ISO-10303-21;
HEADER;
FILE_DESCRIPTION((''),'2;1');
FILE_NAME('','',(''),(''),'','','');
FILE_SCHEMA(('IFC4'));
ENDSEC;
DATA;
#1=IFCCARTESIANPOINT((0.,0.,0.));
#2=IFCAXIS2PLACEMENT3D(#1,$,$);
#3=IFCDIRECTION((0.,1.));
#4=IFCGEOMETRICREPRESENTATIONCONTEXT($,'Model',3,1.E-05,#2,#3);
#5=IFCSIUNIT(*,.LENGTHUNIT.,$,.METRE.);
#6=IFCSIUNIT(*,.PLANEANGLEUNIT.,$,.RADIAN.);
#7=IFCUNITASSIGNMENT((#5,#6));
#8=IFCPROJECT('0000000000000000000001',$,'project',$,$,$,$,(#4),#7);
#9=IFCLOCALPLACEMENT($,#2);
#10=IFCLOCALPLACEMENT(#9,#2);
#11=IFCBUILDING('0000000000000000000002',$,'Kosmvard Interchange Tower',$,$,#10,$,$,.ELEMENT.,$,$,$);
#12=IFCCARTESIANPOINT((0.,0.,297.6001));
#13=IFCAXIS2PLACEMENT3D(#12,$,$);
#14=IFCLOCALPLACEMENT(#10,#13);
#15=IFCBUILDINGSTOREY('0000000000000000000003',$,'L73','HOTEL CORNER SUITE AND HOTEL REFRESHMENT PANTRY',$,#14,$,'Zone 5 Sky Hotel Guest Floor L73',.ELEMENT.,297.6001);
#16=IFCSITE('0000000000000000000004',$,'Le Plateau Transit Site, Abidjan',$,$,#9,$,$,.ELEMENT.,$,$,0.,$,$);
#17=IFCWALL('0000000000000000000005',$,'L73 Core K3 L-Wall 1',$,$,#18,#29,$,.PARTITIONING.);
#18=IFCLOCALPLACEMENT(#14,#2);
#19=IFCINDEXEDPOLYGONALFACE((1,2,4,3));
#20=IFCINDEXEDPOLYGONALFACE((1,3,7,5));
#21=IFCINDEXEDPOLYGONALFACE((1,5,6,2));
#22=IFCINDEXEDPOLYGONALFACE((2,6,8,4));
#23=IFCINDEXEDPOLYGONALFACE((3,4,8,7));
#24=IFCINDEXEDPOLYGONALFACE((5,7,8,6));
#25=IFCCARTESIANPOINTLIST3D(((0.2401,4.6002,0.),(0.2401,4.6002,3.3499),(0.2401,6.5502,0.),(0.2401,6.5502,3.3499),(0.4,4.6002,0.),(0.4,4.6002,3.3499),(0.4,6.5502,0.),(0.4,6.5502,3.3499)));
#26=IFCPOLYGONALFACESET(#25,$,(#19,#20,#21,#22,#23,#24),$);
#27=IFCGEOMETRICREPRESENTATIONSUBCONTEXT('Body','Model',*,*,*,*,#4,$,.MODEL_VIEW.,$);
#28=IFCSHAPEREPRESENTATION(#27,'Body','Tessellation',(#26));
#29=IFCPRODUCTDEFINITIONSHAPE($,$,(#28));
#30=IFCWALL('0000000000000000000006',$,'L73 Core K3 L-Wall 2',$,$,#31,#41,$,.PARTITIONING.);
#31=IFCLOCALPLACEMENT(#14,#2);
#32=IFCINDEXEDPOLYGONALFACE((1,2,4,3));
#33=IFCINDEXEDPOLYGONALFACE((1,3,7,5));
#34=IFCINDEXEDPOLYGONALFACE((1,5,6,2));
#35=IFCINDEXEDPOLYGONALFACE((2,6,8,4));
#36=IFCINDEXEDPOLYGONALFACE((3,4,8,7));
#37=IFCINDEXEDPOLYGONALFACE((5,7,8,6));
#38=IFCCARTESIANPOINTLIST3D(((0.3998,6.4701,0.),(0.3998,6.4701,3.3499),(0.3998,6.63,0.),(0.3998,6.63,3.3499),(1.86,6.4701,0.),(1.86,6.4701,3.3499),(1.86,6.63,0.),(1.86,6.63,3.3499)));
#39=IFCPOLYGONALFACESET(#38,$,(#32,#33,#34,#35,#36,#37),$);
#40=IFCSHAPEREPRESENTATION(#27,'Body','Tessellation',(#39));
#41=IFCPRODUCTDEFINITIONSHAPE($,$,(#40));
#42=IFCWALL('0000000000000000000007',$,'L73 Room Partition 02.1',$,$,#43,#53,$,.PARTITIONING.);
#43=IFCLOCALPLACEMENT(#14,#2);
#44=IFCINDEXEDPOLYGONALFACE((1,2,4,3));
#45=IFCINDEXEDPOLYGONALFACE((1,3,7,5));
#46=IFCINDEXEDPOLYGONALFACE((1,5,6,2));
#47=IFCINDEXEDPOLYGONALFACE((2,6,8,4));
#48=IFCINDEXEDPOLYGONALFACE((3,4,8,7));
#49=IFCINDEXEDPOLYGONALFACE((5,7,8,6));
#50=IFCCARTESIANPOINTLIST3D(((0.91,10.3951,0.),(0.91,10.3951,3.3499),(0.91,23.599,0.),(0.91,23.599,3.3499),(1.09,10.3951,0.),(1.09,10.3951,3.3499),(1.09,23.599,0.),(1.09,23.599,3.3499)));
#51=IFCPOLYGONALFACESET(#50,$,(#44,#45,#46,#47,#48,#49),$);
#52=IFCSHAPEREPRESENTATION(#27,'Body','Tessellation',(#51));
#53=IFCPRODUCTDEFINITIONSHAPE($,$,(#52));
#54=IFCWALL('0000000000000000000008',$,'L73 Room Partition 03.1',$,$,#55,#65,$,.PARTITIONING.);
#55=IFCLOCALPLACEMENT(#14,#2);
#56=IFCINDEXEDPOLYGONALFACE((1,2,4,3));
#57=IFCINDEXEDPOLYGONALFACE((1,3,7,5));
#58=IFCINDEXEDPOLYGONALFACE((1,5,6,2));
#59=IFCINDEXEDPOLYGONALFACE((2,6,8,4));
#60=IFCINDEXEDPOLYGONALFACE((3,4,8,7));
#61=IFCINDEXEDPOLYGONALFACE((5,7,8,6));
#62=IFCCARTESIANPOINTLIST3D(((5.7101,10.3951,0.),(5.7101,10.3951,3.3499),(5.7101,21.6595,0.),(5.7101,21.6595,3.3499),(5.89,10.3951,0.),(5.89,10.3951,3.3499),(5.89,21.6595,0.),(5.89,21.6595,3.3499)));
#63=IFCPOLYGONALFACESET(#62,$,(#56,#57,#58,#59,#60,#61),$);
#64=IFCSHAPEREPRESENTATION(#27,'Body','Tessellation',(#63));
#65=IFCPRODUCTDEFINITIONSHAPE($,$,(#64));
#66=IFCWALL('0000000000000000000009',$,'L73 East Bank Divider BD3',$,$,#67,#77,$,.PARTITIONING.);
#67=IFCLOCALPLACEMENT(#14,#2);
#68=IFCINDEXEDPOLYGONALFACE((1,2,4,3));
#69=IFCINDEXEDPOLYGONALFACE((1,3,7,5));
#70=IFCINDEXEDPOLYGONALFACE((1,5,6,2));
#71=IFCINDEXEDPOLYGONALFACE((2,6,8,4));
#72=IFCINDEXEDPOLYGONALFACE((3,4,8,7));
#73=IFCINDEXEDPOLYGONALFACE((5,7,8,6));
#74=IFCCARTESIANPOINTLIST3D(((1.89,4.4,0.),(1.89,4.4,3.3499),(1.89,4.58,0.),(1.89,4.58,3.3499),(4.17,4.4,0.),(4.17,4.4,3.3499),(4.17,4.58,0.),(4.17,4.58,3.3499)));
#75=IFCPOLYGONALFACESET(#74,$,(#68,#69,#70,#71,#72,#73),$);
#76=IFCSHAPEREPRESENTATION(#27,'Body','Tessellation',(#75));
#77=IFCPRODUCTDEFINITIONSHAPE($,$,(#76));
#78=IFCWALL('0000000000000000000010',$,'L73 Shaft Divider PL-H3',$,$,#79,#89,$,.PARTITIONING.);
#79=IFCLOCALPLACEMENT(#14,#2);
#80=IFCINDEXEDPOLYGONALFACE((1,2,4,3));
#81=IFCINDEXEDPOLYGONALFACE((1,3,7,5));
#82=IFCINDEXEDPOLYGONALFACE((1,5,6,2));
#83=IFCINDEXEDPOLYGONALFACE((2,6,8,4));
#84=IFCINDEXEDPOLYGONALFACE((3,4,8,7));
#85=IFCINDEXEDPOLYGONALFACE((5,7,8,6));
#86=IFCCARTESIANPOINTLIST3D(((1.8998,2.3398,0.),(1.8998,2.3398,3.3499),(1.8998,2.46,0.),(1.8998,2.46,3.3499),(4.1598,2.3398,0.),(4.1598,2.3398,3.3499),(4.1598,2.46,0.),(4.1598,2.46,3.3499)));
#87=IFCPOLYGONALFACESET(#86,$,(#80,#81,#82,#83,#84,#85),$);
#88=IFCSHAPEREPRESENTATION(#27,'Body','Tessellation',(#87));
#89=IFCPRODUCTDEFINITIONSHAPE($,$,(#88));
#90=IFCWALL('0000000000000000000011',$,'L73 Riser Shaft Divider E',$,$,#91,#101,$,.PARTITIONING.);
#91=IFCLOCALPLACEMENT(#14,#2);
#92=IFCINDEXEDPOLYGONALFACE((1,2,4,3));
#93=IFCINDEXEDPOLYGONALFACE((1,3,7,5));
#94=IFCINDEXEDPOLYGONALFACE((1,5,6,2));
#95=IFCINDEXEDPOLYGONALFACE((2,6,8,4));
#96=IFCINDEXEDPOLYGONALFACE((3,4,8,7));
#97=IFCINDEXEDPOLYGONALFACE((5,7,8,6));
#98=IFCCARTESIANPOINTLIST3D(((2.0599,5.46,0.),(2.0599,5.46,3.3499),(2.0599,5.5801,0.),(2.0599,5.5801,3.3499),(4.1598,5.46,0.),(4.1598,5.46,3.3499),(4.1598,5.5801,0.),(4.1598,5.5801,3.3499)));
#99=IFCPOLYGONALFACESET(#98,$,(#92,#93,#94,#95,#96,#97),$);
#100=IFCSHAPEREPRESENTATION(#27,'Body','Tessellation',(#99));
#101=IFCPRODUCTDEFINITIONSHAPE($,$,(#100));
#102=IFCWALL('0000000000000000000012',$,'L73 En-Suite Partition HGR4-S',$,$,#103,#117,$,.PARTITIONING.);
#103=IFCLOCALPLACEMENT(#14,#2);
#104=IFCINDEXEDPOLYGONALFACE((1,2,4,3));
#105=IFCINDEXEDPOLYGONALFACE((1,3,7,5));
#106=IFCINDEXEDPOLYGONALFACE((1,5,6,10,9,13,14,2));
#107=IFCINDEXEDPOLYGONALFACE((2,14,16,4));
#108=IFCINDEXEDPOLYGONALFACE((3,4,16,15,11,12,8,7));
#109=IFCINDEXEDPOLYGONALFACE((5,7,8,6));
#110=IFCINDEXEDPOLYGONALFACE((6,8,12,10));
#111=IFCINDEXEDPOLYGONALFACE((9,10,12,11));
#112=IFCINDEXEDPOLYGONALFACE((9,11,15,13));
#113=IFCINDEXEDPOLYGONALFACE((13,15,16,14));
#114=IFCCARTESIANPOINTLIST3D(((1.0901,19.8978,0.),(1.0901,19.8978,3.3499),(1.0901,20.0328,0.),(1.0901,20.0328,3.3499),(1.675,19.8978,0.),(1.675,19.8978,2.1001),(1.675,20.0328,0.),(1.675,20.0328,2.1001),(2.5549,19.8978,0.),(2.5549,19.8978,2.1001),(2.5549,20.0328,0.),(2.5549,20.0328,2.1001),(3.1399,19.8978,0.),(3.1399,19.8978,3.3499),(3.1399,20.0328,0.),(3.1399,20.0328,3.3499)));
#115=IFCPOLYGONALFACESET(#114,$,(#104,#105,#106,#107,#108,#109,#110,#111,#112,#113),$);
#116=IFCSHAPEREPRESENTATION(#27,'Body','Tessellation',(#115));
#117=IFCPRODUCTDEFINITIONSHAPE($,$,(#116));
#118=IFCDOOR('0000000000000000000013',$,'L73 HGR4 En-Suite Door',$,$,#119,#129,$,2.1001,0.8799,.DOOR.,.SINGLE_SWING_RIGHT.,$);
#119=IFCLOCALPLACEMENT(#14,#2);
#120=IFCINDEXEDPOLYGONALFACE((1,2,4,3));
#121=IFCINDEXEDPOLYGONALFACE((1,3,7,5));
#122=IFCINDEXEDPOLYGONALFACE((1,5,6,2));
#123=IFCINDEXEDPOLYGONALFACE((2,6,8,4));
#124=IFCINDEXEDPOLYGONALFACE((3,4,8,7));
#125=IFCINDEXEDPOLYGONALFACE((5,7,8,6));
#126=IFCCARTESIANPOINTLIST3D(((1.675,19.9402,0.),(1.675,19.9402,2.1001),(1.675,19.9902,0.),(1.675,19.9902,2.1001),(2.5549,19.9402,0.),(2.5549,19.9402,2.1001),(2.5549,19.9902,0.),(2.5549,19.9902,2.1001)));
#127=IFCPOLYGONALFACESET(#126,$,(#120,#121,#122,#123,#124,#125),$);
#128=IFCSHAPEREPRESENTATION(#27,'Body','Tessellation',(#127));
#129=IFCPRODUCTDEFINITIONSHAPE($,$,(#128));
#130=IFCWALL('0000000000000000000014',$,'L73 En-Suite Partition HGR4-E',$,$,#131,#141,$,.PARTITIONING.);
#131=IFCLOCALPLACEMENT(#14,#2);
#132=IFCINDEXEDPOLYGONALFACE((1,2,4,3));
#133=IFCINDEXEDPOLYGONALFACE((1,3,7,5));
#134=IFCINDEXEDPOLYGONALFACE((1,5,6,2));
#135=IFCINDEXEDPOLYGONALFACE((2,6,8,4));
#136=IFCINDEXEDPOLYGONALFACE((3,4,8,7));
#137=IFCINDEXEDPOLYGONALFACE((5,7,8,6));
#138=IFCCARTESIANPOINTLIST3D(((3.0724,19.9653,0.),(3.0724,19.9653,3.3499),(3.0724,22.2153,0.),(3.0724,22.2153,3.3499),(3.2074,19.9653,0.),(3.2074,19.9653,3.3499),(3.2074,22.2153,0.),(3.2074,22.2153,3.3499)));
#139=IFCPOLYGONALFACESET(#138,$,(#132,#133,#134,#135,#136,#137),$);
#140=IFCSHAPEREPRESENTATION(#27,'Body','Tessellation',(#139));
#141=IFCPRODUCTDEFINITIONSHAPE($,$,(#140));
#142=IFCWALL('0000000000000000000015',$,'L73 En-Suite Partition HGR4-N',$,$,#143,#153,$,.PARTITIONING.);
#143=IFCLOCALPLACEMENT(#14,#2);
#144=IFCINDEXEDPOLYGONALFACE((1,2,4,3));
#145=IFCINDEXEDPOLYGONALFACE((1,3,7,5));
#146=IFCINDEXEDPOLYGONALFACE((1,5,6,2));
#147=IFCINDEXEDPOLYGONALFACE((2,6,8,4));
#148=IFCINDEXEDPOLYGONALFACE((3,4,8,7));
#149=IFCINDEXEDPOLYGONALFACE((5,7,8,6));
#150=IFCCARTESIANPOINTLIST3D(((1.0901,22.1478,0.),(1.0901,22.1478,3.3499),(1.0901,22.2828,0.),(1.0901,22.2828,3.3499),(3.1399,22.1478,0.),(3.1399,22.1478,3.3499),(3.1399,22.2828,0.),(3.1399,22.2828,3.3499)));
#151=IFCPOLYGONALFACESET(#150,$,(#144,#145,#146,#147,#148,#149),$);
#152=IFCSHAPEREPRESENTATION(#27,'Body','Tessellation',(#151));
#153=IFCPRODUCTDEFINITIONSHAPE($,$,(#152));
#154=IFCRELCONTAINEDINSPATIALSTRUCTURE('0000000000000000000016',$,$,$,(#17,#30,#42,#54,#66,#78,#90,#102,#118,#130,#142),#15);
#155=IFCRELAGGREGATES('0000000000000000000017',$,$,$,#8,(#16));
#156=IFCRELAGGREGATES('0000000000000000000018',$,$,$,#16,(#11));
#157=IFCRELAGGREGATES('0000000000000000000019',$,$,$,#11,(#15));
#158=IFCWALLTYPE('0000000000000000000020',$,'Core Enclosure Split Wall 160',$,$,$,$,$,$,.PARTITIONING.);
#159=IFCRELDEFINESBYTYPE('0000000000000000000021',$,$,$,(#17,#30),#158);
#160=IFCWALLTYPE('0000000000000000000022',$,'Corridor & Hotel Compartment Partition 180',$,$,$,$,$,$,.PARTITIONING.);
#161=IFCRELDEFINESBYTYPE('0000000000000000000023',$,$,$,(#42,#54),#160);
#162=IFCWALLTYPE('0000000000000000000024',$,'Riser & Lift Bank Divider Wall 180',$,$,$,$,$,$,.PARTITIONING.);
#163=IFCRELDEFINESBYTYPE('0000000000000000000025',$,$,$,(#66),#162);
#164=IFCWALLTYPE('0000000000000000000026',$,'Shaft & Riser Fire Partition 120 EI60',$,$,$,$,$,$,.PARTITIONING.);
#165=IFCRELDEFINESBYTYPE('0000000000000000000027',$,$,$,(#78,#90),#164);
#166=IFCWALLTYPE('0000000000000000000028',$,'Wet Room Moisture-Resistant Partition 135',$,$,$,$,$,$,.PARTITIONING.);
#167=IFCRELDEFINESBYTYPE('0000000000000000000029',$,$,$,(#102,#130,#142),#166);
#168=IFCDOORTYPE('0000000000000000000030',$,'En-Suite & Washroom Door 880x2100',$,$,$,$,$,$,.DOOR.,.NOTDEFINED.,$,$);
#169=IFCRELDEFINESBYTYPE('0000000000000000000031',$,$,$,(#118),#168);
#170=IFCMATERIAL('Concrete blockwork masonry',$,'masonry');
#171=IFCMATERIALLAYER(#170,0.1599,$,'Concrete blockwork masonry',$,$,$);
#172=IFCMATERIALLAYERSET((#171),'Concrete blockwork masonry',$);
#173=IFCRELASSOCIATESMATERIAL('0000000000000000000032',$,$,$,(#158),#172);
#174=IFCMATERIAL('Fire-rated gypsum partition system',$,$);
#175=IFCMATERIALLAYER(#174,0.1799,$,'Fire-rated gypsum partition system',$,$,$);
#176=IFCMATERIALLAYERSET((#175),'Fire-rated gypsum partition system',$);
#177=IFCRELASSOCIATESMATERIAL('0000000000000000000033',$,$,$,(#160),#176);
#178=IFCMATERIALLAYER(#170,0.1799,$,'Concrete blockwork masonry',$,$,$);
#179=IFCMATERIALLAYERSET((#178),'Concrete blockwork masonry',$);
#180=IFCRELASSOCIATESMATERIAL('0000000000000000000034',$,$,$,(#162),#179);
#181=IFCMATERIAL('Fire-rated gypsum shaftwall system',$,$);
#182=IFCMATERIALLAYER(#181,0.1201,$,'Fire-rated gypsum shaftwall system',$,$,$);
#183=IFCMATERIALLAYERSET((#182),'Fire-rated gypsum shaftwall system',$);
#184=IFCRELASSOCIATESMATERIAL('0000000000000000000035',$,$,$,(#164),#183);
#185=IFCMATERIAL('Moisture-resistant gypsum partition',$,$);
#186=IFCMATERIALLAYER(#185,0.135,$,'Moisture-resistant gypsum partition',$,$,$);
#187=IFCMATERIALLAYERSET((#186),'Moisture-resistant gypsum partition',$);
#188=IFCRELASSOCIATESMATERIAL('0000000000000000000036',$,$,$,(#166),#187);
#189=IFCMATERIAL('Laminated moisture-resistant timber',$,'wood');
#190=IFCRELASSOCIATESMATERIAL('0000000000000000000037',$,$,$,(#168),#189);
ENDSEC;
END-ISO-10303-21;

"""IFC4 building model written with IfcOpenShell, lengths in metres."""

from ifc_helpers import new_model, si_unit, direction, frame, frame_2d, origin, place, context, subcontext, project, spatial, rectangle, extrude, source, transform, mapped, material, layer, layer_set, type_object, element, fill, save


model = new_model("IFC4")

# Units and contexts
model_context = context("Model", 3, precision=1e-05, world=origin(), true_north=direction((0.0, 1.0)))
body_context = subcontext(model_context, "Body", "Model", "MODEL_VIEW")
ifc_project = project(units=[si_unit("LENGTHUNIT", "METRE"), si_unit("PLANEANGLEUNIT", "RADIAN")], contexts=[model_context])

# Site, building, storey
site_placement = place(None, origin())
site = spatial("IfcSite", under=ifc_project, at=site_placement, Name="Le Plateau Transit Site, Abidjan", CompositionType="ELEMENT", RefElevation=0.0)
building_placement = place(site_placement, origin())
building = spatial("IfcBuilding", under=site, at=building_placement, Name="Kosmvard Interchange Tower", CompositionType="ELEMENT")
storey_placement = place(building_placement, frame((0.0, 0.0, 297.6001)))
storey = spatial("IfcBuildingStorey", under=building, at=storey_placement, Name="L73", Description="HOTEL CORNER SUITE AND HOTEL REFRESHMENT PANTRY", LongName="Zone 5 Sky Hotel Guest Floor L73", CompositionType="ELEMENT", Elevation=297.6001)

# Walls
ifc_material_1 = material(Name="Fire-rated gypsum partition system")
ifc_material_2 = material(Name="Concrete blockwork masonry", Category="masonry")
ifc_layer_1 = layer(ifc_material_2, 0.1599, Name="Concrete blockwork masonry")
ifc_layer_set_1 = layer_set([ifc_layer_1], Name="Concrete blockwork masonry")
wall_type_1 = type_object("IfcWallType", Name="Core Enclosure Split Wall 160", PredefinedType="PARTITIONING", material=ifc_layer_set_1)
wall_1_placement = place(storey_placement, frame((0.3201, 4.6001, 0.0), z_axis=(0.0, 0.0, 1.0), x_axis=(0.0, 1.0, 0.0)))
element("IfcWall", 1, at=wall_1_placement, inside=storey, type_object=wall_type_1, Name="L73 Core K3 L-Wall 1", PredefinedType="PARTITIONING", context=body_context, shape_type="SweptSolid", body=[
    extrude(rectangle(XDim=1.95, YDim=0.1599, at=frame_2d((0.9751, 0.0))), origin(), (0.0, 0.0, 1.0), 3.3499),
])
wall_2_placement = place(storey_placement, frame((0.3999, 6.55, 0.0), z_axis=(0.0, 0.0, 1.0), x_axis=(1.0, 0.0, 0.0)))
element("IfcWall", 2, at=wall_2_placement, inside=storey, type_object=wall_type_1, Name="L73 Core K3 L-Wall 2", PredefinedType="PARTITIONING", context=body_context, shape_type="SweptSolid", body=[
    extrude(rectangle(XDim=1.4602, YDim=0.1599, at=frame_2d((0.73, 0.0))), origin(), (0.0, 0.0, 1.0), 3.3499),
])
ifc_layer_2 = layer(ifc_material_1, 0.1799, Name="Fire-rated gypsum partition system")
ifc_layer_set_2 = layer_set([ifc_layer_2], Name="Fire-rated gypsum partition system")
wall_type_2 = type_object("IfcWallType", Name="Corridor & Hotel Compartment Partition 180", PredefinedType="PARTITIONING", material=ifc_layer_set_2)
wall_3_placement = place(storey_placement, frame((1.0, 10.395, 0.0), z_axis=(0.0, 0.0, 1.0), x_axis=(0.0, 1.0, 0.0)))
element("IfcWall", 3, at=wall_3_placement, inside=storey, type_object=wall_type_2, Name="L73 Room Partition 02.1", PredefinedType="PARTITIONING", context=body_context, shape_type="SweptSolid", body=[
    extrude(rectangle(XDim=13.2039, YDim=0.1799, at=frame_2d((6.6021, 0.0))), origin(), (0.0, 0.0, 1.0), 3.3499),
])
wall_4_placement = place(storey_placement, frame((5.8, 10.395, 0.0), z_axis=(0.0, 0.0, 1.0), x_axis=(0.0, 1.0, 0.0)))
element("IfcWall", 4, at=wall_4_placement, inside=storey, type_object=wall_type_2, Name="L73 Room Partition 03.1", PredefinedType="PARTITIONING", context=body_context, shape_type="SweptSolid", body=[
    extrude(rectangle(XDim=11.2644, YDim=0.1799, at=frame_2d((5.6323, 0.0))), origin(), (0.0, 0.0, 1.0), 3.3499),
])
ifc_layer_3 = layer(ifc_material_2, 0.1799, Name="Concrete blockwork masonry")
ifc_layer_set_3 = layer_set([ifc_layer_3], Name="Concrete blockwork masonry")
wall_type_3 = type_object("IfcWallType", Name="Riser & Lift Bank Divider Wall 180", PredefinedType="PARTITIONING", material=ifc_layer_set_3)
wall_5_placement = place(storey_placement, frame((1.8899, 4.49, 0.0), z_axis=(0.0, 0.0, 1.0), x_axis=(1.0, 0.0, 0.0)))
element("IfcWall", 5, at=wall_5_placement, inside=storey, type_object=wall_type_3, Name="L73 East Bank Divider BD3", PredefinedType="PARTITIONING", context=body_context, shape_type="SweptSolid", body=[
    extrude(rectangle(XDim=2.28, YDim=0.1799, at=frame_2d((1.1401, 0.0))), origin(), (0.0, 0.0, 1.0), 3.3499),
])
ifc_material_3 = material(Name="Fire-rated gypsum shaftwall system")
ifc_layer_4 = layer(ifc_material_3, 0.1201, Name="Fire-rated gypsum shaftwall system")
ifc_layer_set_4 = layer_set([ifc_layer_4], Name="Fire-rated gypsum shaftwall system")
wall_type_4 = type_object("IfcWallType", Name="Shaft & Riser Fire Partition 120 EI60", PredefinedType="PARTITIONING", material=ifc_layer_set_4)
wall_6_placement = place(storey_placement, frame((1.8999, 2.3999, 0.0), z_axis=(0.0, 0.0, 1.0), x_axis=(1.0, 0.0, 0.0)))
element("IfcWall", 6, at=wall_6_placement, inside=storey, type_object=wall_type_4, Name="L73 Shaft Divider PL-H3", PredefinedType="PARTITIONING", context=body_context, shape_type="SweptSolid", body=[
    extrude(rectangle(XDim=2.26, YDim=0.1201, at=frame_2d((1.1299, 0.0))), origin(), (0.0, 0.0, 1.0), 3.3499),
])
wall_7_placement = place(storey_placement, frame((2.0601, 5.52, 0.0), z_axis=(0.0, 0.0, 1.0), x_axis=(1.0, 0.0, 0.0)))
element("IfcWall", 7, at=wall_7_placement, inside=storey, type_object=wall_type_4, Name="L73 Riser Shaft Divider E", PredefinedType="PARTITIONING", context=body_context, shape_type="SweptSolid", body=[
    extrude(rectangle(XDim=2.0999, YDim=0.1201, at=frame_2d((1.0498, 0.0))), origin(), (0.0, 0.0, 1.0), 3.3499),
])

# Wall, opening, door
ifc_material_4 = material(Name="Moisture-resistant gypsum partition")
ifc_layer_5 = layer(ifc_material_4, 0.135, Name="Moisture-resistant gypsum partition")
ifc_layer_set_5 = layer_set([ifc_layer_5], Name="Moisture-resistant gypsum partition")
wall_type_5 = type_object("IfcWallType", Name="Wet Room Moisture-Resistant Partition 135", PredefinedType="PARTITIONING", material=ifc_layer_set_5)
wall_8_placement = place(storey_placement, frame((1.0901, 19.9653, 0.0), z_axis=(0.0, 0.0, 1.0), x_axis=(1.0, 0.0, 0.0)))
wall_8 = element("IfcWall", 8, at=wall_8_placement, inside=storey, type_object=wall_type_5, Name="L73 En-Suite Partition HGR4-S", PredefinedType="PARTITIONING", context=body_context, shape_type="SweptSolid", body=[
    extrude(rectangle(XDim=2.0498, YDim=0.135, at=frame_2d((1.0249, 0.0))), origin(), (0.0, 0.0, 1.0), 3.3499),
])
opening_1_placement = place(wall_8_placement, frame((0.585, 0.0, 0.0)))
opening_1 = element("IfcOpeningElement", 9, at=opening_1_placement, cuts=wall_8, PredefinedType="OPENING", context=body_context, shape_type="SweptSolid", body=[
    extrude(rectangle(XDim=0.8799, YDim=2.1001, at=frame_2d((0.4399, 1.05))), frame((0.0, 0.0776, 0.0), z_axis=(0.0, -1.0, 0.0), x_axis=(1.0, 0.0, 0.0)), (0.0, 0.0, 1.0), 0.155),
])
ifc_material_5 = material(Name="Laminated moisture-resistant timber", Category="wood")
door_type = type_object("IfcDoorType", Name="En-Suite & Washroom Door 880x2100", OperationType="NOTDEFINED", PredefinedType="DOOR", material=ifc_material_5)
shared_shape_1 = source(origin(), body_context, "Body", "SweptSolid", [
    extrude(rectangle(XDim=0.8799, YDim=2.1001, at=frame_2d((0.4399, 1.05))), frame((0.0, 0.0249, 0.0), z_axis=(0.0, -1.0, 0.0), x_axis=(1.0, 0.0, 0.0)), (0.0, 0.0, 1.0), 0.05),
])
door_1_placement = place(opening_1_placement, origin())
door_1 = element("IfcDoor", 10, at=door_1_placement, inside=storey, type_object=door_type, Name="L73 HGR4 En-Suite Door", OperationType="SINGLE_SWING_RIGHT", OverallHeight=2.1001, OverallWidth=0.8799, PredefinedType="DOOR", context=body_context, shape_type="MappedRepresentation", body=[
    mapped(shared_shape_1, transform((0.0, 0.0, 0.0), scale=1.0)),
])
fill(opening_1, door_1)

# Walls
wall_9_placement = place(storey_placement, frame((3.1399, 19.9653, 0.0), z_axis=(0.0, 0.0, 1.0), x_axis=(0.0, 1.0, 0.0)))
element("IfcWall", 11, at=wall_9_placement, inside=storey, type_object=wall_type_5, Name="L73 En-Suite Partition HGR4-E", PredefinedType="PARTITIONING", context=body_context, shape_type="SweptSolid", body=[
    extrude(rectangle(XDim=2.25, YDim=0.135, at=frame_2d((1.125, 0.0))), origin(), (0.0, 0.0, 1.0), 3.3499),
])
wall_10_placement = place(storey_placement, frame((1.0901, 22.2153, 0.0), z_axis=(0.0, 0.0, 1.0), x_axis=(1.0, 0.0, 0.0)))
element("IfcWall", 12, at=wall_10_placement, inside=storey, type_object=wall_type_5, Name="L73 En-Suite Partition HGR4-N", PredefinedType="PARTITIONING", context=body_context, shape_type="SweptSolid", body=[
    extrude(rectangle(XDim=2.0498, YDim=0.135, at=frame_2d((1.0249, 0.0))), origin(), (0.0, 0.0, 1.0), 3.3499),
])

save(model, "model.ifc")
